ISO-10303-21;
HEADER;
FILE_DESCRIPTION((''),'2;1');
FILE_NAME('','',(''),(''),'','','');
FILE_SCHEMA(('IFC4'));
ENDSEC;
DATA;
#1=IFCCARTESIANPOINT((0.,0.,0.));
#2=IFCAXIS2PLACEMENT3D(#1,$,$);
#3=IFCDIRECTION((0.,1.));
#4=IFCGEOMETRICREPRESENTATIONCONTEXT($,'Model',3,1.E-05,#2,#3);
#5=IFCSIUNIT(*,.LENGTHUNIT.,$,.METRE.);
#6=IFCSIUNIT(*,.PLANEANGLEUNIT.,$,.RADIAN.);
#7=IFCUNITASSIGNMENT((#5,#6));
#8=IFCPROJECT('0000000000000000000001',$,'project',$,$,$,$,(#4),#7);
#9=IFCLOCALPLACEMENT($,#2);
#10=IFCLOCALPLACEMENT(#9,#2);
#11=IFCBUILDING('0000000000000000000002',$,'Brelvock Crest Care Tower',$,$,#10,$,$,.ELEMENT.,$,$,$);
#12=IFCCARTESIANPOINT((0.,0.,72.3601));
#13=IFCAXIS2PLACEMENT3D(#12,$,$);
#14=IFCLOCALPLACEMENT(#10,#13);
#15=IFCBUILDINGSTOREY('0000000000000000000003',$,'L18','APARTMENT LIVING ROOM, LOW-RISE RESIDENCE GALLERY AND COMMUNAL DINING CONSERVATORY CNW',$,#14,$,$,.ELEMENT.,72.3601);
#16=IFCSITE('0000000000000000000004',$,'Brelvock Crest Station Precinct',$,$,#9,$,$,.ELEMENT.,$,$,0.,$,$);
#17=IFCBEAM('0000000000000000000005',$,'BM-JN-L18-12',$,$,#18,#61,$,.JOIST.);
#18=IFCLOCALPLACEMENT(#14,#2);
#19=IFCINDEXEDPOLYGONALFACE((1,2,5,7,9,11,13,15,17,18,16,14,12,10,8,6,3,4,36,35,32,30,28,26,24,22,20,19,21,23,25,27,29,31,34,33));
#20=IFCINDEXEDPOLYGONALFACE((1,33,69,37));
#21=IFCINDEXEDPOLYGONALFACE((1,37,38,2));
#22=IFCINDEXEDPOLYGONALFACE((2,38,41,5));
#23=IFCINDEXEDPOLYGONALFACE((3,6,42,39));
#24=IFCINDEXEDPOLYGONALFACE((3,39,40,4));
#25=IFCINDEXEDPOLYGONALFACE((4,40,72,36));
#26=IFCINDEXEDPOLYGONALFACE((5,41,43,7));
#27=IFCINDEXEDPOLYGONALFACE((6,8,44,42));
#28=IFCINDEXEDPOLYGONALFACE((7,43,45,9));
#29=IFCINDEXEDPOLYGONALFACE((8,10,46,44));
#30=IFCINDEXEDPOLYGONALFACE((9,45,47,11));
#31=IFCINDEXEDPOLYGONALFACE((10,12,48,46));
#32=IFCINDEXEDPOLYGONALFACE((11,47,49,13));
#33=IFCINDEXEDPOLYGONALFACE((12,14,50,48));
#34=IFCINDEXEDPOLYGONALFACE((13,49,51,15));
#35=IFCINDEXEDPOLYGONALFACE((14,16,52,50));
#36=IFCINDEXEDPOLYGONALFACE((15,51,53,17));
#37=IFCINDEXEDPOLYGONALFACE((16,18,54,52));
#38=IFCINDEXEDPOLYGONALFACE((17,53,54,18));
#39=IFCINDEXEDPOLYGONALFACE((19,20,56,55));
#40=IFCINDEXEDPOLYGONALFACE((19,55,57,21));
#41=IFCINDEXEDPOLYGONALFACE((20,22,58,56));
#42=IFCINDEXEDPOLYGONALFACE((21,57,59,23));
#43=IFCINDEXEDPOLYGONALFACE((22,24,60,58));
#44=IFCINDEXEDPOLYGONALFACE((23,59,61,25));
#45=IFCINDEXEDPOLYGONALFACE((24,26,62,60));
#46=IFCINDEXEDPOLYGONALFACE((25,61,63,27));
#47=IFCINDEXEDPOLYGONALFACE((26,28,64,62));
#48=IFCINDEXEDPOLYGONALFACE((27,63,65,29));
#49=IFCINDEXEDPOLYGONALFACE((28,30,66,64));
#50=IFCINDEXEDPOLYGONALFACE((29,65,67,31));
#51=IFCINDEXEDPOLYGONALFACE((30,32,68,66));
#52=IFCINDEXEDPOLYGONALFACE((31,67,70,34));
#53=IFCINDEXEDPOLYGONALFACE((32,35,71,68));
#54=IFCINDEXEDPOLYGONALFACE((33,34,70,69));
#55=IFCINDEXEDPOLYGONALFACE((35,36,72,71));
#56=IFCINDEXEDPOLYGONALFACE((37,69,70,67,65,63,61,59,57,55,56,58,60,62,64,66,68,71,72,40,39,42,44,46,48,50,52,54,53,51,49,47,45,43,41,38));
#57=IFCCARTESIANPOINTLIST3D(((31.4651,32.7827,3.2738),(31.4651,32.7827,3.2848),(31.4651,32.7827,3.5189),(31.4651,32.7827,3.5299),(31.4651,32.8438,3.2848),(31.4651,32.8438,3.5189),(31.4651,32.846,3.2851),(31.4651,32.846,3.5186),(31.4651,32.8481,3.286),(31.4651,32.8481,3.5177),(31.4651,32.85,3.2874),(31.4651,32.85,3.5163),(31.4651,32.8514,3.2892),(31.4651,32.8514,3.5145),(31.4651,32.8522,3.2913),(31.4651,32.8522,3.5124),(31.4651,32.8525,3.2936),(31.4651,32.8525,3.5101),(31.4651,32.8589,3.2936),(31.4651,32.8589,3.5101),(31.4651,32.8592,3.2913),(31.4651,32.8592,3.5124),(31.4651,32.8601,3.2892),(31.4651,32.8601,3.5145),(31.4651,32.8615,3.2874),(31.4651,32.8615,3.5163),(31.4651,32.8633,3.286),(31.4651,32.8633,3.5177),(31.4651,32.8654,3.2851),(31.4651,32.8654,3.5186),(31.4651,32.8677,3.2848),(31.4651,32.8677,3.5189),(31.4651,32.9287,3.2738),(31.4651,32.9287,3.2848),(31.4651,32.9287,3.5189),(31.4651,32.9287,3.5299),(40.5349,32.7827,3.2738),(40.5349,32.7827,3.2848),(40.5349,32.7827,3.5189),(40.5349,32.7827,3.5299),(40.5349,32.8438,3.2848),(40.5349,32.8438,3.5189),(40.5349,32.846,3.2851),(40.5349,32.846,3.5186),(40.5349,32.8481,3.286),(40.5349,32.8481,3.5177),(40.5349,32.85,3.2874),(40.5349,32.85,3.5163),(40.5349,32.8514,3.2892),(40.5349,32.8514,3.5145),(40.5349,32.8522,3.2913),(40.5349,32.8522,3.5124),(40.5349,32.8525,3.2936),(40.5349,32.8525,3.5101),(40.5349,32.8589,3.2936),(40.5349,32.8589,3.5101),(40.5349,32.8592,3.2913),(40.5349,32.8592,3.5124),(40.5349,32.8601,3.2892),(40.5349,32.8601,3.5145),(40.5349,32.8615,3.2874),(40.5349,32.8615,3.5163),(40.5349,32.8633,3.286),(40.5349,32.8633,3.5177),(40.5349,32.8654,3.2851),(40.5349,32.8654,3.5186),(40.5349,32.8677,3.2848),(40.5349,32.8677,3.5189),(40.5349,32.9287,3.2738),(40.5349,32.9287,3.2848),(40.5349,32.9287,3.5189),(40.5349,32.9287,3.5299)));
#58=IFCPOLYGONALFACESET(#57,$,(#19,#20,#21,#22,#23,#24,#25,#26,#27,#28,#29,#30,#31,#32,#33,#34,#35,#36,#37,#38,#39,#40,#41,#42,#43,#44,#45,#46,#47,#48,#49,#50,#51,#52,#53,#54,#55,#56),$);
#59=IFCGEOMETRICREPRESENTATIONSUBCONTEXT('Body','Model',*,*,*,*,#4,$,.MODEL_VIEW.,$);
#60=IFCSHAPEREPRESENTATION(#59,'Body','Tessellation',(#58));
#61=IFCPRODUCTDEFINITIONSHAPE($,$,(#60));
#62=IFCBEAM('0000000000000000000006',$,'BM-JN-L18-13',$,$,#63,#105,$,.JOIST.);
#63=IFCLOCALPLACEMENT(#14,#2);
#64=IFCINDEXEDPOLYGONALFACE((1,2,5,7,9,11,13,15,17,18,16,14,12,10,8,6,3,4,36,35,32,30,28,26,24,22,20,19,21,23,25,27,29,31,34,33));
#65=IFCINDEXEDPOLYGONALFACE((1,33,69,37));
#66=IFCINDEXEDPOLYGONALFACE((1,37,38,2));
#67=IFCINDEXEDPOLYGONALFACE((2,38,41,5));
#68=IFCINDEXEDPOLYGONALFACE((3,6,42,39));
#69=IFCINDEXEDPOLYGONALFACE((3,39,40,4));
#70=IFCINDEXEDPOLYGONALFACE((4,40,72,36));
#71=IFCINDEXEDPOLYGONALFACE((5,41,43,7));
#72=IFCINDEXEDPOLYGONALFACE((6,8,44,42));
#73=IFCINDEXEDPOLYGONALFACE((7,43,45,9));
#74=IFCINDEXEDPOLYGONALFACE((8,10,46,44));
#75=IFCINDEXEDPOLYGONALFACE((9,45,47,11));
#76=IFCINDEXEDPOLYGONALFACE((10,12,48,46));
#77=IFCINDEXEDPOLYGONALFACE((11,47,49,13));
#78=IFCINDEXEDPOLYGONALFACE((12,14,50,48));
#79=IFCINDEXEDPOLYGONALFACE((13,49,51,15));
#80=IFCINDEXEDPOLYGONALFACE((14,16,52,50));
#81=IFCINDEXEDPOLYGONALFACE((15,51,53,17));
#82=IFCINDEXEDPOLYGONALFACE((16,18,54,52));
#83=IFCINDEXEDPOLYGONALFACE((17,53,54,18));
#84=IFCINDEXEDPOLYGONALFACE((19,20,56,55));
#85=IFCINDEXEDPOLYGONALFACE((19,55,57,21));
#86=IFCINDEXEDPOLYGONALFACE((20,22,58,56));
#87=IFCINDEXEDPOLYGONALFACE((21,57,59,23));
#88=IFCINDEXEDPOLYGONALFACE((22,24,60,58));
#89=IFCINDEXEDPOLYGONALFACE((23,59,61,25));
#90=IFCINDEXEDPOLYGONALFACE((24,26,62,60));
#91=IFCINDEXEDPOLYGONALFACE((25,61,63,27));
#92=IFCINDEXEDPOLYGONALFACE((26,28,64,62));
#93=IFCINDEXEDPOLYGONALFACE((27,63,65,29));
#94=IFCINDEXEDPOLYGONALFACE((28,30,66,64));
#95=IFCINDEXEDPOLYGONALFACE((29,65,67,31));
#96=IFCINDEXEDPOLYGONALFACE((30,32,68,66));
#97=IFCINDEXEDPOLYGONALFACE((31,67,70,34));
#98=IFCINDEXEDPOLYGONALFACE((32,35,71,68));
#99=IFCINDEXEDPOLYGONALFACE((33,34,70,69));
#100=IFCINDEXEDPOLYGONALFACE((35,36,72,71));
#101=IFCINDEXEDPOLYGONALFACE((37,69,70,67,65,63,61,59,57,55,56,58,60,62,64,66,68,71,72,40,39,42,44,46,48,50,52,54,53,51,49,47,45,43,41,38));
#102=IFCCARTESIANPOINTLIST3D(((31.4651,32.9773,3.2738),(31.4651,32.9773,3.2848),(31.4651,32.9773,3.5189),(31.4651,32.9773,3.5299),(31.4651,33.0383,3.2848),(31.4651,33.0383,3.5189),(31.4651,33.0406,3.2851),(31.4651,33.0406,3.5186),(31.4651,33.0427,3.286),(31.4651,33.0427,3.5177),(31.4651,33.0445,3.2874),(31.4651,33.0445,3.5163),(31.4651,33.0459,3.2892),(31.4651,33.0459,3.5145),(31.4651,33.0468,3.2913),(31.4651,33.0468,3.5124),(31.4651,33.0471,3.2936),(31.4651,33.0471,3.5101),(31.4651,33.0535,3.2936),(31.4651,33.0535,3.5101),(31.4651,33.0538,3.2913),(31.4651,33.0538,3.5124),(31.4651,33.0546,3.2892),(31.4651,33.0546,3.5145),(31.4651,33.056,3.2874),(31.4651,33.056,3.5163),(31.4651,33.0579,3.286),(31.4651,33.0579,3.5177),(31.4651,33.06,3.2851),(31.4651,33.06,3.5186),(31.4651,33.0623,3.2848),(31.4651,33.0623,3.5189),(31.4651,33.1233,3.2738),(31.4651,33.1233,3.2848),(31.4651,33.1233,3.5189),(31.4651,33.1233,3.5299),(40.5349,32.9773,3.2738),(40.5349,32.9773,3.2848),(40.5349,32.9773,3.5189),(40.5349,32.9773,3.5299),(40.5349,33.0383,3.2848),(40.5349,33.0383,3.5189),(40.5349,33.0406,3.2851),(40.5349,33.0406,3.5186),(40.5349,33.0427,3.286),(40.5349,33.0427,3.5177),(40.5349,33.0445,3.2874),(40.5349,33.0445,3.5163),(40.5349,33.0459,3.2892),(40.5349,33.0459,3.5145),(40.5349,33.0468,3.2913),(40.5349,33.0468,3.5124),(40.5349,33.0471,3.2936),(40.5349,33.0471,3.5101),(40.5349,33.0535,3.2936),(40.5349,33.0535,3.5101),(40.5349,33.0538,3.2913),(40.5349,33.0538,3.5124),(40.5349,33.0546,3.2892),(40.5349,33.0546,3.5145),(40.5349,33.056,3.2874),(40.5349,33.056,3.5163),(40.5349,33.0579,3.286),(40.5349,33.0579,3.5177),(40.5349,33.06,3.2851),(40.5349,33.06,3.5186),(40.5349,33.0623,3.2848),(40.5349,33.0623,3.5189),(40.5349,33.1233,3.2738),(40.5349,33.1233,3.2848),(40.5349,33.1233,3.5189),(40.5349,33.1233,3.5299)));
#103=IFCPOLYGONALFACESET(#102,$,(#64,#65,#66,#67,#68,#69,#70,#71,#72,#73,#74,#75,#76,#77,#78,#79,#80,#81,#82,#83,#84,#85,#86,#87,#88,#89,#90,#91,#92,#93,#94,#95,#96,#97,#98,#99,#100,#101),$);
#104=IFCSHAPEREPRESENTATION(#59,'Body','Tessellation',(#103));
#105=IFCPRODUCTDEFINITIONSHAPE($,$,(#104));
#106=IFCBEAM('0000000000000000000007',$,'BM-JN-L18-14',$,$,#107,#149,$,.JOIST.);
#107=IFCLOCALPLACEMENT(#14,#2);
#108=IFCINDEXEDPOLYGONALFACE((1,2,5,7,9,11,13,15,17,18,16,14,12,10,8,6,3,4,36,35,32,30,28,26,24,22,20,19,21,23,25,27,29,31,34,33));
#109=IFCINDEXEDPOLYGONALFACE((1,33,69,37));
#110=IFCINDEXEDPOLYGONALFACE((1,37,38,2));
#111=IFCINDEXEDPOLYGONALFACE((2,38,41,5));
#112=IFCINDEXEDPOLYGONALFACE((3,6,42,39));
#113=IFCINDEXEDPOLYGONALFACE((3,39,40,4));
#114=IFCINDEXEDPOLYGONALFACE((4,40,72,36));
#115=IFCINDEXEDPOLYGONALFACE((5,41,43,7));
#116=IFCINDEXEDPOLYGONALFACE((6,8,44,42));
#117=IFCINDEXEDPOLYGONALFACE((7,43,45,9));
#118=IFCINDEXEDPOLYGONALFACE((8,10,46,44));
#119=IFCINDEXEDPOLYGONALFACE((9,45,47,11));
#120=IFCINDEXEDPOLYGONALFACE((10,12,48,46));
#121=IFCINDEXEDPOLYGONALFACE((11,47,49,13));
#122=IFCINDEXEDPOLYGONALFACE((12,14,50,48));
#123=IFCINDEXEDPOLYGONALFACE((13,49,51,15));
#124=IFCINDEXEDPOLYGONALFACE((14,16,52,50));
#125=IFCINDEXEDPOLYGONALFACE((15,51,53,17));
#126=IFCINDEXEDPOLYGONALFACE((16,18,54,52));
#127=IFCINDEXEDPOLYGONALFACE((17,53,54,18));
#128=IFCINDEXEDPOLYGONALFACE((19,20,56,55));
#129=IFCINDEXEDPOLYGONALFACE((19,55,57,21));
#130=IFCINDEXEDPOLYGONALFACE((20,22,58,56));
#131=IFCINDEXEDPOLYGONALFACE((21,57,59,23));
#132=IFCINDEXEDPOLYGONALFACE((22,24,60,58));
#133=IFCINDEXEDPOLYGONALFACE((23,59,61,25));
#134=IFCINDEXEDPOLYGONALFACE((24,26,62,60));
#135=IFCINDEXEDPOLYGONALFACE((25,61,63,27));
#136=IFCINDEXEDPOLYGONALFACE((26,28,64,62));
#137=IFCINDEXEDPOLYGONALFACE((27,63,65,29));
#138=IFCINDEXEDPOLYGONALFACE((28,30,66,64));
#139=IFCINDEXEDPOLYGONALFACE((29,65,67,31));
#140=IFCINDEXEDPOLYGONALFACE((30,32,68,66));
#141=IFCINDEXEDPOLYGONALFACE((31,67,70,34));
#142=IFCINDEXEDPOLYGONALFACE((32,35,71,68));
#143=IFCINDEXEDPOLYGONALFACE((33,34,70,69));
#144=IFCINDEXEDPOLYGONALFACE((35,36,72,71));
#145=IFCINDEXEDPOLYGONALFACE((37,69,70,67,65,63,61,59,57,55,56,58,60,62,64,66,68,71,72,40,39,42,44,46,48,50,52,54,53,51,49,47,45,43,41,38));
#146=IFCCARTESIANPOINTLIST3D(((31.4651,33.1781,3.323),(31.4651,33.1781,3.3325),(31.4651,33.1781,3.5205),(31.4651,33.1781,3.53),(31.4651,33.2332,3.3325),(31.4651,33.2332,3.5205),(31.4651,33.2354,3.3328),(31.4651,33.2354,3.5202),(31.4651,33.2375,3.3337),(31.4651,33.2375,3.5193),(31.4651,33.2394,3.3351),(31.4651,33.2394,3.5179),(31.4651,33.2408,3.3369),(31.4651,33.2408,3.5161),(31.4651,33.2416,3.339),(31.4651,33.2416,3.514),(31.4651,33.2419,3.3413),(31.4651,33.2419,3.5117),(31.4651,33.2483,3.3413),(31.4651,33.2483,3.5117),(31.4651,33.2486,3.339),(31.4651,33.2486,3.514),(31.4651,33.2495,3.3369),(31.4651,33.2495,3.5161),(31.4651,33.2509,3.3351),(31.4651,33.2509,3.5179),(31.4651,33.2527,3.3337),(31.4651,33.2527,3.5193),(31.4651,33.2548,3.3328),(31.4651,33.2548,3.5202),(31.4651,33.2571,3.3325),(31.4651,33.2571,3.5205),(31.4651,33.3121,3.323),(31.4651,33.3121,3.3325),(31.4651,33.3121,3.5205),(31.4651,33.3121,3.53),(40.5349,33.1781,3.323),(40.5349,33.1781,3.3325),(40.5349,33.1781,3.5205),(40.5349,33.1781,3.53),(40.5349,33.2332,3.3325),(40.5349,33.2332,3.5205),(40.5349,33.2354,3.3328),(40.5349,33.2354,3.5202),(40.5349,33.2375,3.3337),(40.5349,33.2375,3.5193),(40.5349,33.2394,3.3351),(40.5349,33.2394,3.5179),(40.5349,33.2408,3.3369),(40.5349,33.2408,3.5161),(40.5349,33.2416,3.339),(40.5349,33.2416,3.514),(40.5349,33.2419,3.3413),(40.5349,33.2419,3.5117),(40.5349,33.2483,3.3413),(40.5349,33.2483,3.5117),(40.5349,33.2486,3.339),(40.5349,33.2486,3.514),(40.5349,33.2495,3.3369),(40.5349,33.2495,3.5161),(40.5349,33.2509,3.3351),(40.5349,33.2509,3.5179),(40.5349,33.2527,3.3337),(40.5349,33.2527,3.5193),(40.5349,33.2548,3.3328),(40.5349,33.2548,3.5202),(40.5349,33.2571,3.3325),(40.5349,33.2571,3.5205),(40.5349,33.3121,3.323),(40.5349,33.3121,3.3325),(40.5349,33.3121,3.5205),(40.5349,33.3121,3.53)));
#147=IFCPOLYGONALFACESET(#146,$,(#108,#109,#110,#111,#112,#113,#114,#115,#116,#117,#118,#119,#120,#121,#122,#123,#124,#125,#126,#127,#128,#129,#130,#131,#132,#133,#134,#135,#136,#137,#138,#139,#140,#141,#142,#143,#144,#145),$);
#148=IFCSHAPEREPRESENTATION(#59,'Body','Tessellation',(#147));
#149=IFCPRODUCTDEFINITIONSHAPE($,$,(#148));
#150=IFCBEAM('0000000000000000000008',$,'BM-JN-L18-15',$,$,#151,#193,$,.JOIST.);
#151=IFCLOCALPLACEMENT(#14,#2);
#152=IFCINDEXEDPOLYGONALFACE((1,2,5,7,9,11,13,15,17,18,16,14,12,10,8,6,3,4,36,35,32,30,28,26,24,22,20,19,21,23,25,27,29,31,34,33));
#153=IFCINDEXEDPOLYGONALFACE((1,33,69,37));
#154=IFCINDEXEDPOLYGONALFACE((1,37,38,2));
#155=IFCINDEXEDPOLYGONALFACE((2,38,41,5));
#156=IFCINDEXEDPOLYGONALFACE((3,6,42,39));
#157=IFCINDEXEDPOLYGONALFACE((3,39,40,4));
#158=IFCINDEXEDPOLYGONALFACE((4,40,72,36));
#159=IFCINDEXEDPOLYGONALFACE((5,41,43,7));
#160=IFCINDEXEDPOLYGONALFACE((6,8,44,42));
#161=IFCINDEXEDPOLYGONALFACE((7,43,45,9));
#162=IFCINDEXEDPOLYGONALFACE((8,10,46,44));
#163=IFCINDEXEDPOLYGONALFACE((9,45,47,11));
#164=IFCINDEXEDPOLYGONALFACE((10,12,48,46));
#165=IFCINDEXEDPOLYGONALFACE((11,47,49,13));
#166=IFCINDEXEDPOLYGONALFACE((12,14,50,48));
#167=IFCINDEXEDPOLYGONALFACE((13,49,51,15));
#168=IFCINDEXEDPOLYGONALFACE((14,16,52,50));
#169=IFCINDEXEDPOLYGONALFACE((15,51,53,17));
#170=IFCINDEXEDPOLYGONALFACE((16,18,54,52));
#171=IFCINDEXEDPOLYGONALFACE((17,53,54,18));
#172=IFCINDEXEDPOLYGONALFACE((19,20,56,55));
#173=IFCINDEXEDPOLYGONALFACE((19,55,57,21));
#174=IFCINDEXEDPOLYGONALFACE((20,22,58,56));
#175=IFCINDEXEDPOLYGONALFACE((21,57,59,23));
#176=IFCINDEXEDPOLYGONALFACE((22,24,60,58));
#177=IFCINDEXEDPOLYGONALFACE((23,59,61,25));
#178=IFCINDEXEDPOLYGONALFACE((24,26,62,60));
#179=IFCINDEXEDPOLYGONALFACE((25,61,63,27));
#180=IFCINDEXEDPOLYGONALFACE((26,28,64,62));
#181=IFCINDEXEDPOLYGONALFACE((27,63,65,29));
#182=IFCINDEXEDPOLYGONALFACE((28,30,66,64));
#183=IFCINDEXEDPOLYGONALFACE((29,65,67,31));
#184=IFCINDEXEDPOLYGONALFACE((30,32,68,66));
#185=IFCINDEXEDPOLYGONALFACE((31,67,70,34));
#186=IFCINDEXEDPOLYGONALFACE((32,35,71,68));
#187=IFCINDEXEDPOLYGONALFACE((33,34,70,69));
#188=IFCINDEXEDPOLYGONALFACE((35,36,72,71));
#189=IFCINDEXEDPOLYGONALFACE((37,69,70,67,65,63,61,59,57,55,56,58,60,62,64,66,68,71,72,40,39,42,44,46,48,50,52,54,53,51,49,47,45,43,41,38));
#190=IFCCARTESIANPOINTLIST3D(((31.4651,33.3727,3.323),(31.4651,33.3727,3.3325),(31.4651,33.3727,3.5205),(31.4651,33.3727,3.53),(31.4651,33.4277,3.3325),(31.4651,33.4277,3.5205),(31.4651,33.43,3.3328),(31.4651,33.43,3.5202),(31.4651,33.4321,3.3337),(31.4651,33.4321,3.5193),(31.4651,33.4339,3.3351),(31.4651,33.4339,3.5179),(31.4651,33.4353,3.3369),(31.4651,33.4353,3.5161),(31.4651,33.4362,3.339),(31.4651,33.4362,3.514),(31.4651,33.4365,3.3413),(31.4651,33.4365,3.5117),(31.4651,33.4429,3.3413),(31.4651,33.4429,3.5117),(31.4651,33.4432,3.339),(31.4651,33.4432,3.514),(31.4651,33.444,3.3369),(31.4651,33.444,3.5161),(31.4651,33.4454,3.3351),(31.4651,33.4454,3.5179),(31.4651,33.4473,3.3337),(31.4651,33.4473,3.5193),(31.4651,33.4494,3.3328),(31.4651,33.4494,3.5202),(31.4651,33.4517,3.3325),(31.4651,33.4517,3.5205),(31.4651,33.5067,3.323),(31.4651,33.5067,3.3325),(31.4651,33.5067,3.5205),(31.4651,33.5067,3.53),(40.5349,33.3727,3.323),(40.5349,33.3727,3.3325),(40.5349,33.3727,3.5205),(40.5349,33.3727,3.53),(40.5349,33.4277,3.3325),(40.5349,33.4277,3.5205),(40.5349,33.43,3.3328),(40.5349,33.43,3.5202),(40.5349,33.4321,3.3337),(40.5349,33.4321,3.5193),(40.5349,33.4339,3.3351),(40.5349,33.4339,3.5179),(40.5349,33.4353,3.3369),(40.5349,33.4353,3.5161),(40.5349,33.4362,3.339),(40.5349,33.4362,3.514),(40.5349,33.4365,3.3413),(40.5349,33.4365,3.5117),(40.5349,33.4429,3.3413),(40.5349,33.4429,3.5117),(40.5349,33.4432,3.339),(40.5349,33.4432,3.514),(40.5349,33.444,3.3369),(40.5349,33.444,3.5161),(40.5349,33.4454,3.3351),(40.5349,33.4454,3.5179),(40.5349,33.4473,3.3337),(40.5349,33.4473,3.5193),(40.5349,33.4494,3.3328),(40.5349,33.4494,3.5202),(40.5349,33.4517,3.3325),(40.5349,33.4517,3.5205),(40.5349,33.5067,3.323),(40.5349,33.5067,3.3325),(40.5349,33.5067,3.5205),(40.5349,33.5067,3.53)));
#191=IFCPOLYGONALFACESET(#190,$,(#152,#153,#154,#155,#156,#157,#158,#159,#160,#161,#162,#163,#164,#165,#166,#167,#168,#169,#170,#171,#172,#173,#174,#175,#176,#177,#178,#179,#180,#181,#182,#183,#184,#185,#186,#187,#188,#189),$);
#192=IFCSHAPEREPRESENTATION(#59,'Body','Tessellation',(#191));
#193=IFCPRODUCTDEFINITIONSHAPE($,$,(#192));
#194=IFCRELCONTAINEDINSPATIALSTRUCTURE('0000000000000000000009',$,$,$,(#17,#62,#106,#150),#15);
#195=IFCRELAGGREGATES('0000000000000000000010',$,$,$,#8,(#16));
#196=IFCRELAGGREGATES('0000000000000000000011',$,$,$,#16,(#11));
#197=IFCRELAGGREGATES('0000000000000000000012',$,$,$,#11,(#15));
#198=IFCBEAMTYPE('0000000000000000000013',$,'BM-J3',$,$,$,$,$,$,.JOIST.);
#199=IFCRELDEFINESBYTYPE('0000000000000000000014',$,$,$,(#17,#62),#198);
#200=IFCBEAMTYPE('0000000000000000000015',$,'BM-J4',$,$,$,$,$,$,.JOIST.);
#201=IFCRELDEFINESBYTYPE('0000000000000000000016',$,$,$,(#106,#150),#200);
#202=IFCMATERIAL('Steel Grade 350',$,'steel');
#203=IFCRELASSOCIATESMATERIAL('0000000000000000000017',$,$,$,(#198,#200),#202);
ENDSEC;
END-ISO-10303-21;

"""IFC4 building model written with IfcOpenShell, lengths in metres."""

from ifc_helpers import new_model, si_unit, direction, frame, origin, origin_2d, place, context, subcontext, project, spatial, i_section, extrude, source, transform, mapped, material, material_profile, profile_set, type_object, element, save


model = new_model("IFC4")

# Units and contexts
model_context = context("Model", 3, precision=1e-05, world=origin(), true_north=direction((0.0, 1.0)))
body_context = subcontext(model_context, "Body", "Model", "MODEL_VIEW")
ifc_project = project(units=[si_unit("LENGTHUNIT", "METRE"), si_unit("PLANEANGLEUNIT", "RADIAN")], contexts=[model_context])

# Site, building, storey
site_placement = place(None, origin())
site = spatial("IfcSite", under=ifc_project, at=site_placement, Name="Brelvock Crest Station Precinct", CompositionType="ELEMENT", RefElevation=0.0)
building_placement = place(site_placement, origin())
building = spatial("IfcBuilding", under=site, at=building_placement, Name="Brelvock Crest Care Tower", CompositionType="ELEMENT")
storey_placement = place(building_placement, frame((0.0, 0.0, 72.3601)))
storey = spatial("IfcBuildingStorey", under=building, at=storey_placement, Name="L18", Description="APARTMENT LIVING ROOM, LOW-RISE RESIDENCE GALLERY AND COMMUNAL DINING CONSERVATORY CNW", CompositionType="ELEMENT", Elevation=72.3601)

# Beams
ifc_material_1 = material(Name="Steel Grade 350", Category="steel")
ifc_material_profile_1 = material_profile(ifc_material_1, i_section(OverallWidth=0.146, OverallDepth=0.2561, WebThickness=0.0063, FlangeThickness=0.011, FilletRadius=0.0088, at=origin_2d()), Name="250UB37.3")
ifc_profile_set_1 = profile_set([ifc_material_profile_1], Name="Steel Grade 350")
beam_type_1 = type_object("IfcBeamType", Name="BM-J3", PredefinedType="JOIST", material=ifc_profile_set_1)
shared_shape_1 = source(origin(), body_context, "Body", "SweptSolid", [
    extrude(i_section(OverallWidth=0.146, OverallDepth=0.2561, WebThickness=0.0063, FlangeThickness=0.011, FilletRadius=0.0088, at=origin_2d()), origin(), (0.0, 0.0, 1.0), 9.0698),
])
for number, where, z_axis, x_axis, name in (
    (1, (31.4651, 32.8557, 3.4019), (1.0, 0.0, 0.0), (0.0, 1.0, 0.0), "BM-JN-L18-12"),
    (2, (31.4651, 33.0503, 3.4019), (1.0, 0.0, 0.0), (0.0, 1.0, 0.0), "BM-JN-L18-13"),
):
    element("IfcBeam", number, at=place(storey_placement, frame(where, z_axis=z_axis, x_axis=x_axis)), inside=storey, type_object=beam_type_1, Name=name, PredefinedType="JOIST", context=body_context, shape_type="MappedRepresentation", body=[
        mapped(shared_shape_1, transform((0.0, 0.0, 0.0), x_axis=(1.0, 0.0, 0.0), y_axis=(0.0, 1.0, 0.0), z_axis=(0.0, 0.0, 1.0), scale=1.0)),
    ])
ifc_material_profile_2 = material_profile(ifc_material_1, i_section(OverallWidth=0.134, OverallDepth=0.207, WebThickness=0.0063, FlangeThickness=0.0095, FilletRadius=0.0088, at=origin_2d()), Name="200UB29.8")
ifc_profile_set_2 = profile_set([ifc_material_profile_2], Name="Steel Grade 350")
beam_type_2 = type_object("IfcBeamType", Name="BM-J4", PredefinedType="JOIST", material=ifc_profile_set_2)
shared_shape_2 = source(origin(), body_context, "Body", "SweptSolid", [
    extrude(i_section(OverallWidth=0.134, OverallDepth=0.207, WebThickness=0.0063, FlangeThickness=0.0095, FilletRadius=0.0088, at=origin_2d()), origin(), (0.0, 0.0, 1.0), 9.0698),
])
for number, where, z_axis, x_axis, name in (
    (3, (31.4651, 33.2451, 3.4265), (1.0, 0.0, 0.0), (0.0, 1.0, 0.0), "BM-JN-L18-14"),
    (4, (31.4651, 33.4397, 3.4265), (1.0, 0.0, 0.0), (0.0, 1.0, 0.0), "BM-JN-L18-15"),
):
    element("IfcBeam", number, at=place(storey_placement, frame(where, z_axis=z_axis, x_axis=x_axis)), inside=storey, type_object=beam_type_2, Name=name, PredefinedType="JOIST", context=body_context, shape_type="MappedRepresentation", body=[
        mapped(shared_shape_2, transform((0.0, 0.0, 0.0), x_axis=(1.0, 0.0, 0.0), y_axis=(0.0, 1.0, 0.0), z_axis=(0.0, 0.0, 1.0), scale=1.0)),
    ])

save(model, "model.ifc")
